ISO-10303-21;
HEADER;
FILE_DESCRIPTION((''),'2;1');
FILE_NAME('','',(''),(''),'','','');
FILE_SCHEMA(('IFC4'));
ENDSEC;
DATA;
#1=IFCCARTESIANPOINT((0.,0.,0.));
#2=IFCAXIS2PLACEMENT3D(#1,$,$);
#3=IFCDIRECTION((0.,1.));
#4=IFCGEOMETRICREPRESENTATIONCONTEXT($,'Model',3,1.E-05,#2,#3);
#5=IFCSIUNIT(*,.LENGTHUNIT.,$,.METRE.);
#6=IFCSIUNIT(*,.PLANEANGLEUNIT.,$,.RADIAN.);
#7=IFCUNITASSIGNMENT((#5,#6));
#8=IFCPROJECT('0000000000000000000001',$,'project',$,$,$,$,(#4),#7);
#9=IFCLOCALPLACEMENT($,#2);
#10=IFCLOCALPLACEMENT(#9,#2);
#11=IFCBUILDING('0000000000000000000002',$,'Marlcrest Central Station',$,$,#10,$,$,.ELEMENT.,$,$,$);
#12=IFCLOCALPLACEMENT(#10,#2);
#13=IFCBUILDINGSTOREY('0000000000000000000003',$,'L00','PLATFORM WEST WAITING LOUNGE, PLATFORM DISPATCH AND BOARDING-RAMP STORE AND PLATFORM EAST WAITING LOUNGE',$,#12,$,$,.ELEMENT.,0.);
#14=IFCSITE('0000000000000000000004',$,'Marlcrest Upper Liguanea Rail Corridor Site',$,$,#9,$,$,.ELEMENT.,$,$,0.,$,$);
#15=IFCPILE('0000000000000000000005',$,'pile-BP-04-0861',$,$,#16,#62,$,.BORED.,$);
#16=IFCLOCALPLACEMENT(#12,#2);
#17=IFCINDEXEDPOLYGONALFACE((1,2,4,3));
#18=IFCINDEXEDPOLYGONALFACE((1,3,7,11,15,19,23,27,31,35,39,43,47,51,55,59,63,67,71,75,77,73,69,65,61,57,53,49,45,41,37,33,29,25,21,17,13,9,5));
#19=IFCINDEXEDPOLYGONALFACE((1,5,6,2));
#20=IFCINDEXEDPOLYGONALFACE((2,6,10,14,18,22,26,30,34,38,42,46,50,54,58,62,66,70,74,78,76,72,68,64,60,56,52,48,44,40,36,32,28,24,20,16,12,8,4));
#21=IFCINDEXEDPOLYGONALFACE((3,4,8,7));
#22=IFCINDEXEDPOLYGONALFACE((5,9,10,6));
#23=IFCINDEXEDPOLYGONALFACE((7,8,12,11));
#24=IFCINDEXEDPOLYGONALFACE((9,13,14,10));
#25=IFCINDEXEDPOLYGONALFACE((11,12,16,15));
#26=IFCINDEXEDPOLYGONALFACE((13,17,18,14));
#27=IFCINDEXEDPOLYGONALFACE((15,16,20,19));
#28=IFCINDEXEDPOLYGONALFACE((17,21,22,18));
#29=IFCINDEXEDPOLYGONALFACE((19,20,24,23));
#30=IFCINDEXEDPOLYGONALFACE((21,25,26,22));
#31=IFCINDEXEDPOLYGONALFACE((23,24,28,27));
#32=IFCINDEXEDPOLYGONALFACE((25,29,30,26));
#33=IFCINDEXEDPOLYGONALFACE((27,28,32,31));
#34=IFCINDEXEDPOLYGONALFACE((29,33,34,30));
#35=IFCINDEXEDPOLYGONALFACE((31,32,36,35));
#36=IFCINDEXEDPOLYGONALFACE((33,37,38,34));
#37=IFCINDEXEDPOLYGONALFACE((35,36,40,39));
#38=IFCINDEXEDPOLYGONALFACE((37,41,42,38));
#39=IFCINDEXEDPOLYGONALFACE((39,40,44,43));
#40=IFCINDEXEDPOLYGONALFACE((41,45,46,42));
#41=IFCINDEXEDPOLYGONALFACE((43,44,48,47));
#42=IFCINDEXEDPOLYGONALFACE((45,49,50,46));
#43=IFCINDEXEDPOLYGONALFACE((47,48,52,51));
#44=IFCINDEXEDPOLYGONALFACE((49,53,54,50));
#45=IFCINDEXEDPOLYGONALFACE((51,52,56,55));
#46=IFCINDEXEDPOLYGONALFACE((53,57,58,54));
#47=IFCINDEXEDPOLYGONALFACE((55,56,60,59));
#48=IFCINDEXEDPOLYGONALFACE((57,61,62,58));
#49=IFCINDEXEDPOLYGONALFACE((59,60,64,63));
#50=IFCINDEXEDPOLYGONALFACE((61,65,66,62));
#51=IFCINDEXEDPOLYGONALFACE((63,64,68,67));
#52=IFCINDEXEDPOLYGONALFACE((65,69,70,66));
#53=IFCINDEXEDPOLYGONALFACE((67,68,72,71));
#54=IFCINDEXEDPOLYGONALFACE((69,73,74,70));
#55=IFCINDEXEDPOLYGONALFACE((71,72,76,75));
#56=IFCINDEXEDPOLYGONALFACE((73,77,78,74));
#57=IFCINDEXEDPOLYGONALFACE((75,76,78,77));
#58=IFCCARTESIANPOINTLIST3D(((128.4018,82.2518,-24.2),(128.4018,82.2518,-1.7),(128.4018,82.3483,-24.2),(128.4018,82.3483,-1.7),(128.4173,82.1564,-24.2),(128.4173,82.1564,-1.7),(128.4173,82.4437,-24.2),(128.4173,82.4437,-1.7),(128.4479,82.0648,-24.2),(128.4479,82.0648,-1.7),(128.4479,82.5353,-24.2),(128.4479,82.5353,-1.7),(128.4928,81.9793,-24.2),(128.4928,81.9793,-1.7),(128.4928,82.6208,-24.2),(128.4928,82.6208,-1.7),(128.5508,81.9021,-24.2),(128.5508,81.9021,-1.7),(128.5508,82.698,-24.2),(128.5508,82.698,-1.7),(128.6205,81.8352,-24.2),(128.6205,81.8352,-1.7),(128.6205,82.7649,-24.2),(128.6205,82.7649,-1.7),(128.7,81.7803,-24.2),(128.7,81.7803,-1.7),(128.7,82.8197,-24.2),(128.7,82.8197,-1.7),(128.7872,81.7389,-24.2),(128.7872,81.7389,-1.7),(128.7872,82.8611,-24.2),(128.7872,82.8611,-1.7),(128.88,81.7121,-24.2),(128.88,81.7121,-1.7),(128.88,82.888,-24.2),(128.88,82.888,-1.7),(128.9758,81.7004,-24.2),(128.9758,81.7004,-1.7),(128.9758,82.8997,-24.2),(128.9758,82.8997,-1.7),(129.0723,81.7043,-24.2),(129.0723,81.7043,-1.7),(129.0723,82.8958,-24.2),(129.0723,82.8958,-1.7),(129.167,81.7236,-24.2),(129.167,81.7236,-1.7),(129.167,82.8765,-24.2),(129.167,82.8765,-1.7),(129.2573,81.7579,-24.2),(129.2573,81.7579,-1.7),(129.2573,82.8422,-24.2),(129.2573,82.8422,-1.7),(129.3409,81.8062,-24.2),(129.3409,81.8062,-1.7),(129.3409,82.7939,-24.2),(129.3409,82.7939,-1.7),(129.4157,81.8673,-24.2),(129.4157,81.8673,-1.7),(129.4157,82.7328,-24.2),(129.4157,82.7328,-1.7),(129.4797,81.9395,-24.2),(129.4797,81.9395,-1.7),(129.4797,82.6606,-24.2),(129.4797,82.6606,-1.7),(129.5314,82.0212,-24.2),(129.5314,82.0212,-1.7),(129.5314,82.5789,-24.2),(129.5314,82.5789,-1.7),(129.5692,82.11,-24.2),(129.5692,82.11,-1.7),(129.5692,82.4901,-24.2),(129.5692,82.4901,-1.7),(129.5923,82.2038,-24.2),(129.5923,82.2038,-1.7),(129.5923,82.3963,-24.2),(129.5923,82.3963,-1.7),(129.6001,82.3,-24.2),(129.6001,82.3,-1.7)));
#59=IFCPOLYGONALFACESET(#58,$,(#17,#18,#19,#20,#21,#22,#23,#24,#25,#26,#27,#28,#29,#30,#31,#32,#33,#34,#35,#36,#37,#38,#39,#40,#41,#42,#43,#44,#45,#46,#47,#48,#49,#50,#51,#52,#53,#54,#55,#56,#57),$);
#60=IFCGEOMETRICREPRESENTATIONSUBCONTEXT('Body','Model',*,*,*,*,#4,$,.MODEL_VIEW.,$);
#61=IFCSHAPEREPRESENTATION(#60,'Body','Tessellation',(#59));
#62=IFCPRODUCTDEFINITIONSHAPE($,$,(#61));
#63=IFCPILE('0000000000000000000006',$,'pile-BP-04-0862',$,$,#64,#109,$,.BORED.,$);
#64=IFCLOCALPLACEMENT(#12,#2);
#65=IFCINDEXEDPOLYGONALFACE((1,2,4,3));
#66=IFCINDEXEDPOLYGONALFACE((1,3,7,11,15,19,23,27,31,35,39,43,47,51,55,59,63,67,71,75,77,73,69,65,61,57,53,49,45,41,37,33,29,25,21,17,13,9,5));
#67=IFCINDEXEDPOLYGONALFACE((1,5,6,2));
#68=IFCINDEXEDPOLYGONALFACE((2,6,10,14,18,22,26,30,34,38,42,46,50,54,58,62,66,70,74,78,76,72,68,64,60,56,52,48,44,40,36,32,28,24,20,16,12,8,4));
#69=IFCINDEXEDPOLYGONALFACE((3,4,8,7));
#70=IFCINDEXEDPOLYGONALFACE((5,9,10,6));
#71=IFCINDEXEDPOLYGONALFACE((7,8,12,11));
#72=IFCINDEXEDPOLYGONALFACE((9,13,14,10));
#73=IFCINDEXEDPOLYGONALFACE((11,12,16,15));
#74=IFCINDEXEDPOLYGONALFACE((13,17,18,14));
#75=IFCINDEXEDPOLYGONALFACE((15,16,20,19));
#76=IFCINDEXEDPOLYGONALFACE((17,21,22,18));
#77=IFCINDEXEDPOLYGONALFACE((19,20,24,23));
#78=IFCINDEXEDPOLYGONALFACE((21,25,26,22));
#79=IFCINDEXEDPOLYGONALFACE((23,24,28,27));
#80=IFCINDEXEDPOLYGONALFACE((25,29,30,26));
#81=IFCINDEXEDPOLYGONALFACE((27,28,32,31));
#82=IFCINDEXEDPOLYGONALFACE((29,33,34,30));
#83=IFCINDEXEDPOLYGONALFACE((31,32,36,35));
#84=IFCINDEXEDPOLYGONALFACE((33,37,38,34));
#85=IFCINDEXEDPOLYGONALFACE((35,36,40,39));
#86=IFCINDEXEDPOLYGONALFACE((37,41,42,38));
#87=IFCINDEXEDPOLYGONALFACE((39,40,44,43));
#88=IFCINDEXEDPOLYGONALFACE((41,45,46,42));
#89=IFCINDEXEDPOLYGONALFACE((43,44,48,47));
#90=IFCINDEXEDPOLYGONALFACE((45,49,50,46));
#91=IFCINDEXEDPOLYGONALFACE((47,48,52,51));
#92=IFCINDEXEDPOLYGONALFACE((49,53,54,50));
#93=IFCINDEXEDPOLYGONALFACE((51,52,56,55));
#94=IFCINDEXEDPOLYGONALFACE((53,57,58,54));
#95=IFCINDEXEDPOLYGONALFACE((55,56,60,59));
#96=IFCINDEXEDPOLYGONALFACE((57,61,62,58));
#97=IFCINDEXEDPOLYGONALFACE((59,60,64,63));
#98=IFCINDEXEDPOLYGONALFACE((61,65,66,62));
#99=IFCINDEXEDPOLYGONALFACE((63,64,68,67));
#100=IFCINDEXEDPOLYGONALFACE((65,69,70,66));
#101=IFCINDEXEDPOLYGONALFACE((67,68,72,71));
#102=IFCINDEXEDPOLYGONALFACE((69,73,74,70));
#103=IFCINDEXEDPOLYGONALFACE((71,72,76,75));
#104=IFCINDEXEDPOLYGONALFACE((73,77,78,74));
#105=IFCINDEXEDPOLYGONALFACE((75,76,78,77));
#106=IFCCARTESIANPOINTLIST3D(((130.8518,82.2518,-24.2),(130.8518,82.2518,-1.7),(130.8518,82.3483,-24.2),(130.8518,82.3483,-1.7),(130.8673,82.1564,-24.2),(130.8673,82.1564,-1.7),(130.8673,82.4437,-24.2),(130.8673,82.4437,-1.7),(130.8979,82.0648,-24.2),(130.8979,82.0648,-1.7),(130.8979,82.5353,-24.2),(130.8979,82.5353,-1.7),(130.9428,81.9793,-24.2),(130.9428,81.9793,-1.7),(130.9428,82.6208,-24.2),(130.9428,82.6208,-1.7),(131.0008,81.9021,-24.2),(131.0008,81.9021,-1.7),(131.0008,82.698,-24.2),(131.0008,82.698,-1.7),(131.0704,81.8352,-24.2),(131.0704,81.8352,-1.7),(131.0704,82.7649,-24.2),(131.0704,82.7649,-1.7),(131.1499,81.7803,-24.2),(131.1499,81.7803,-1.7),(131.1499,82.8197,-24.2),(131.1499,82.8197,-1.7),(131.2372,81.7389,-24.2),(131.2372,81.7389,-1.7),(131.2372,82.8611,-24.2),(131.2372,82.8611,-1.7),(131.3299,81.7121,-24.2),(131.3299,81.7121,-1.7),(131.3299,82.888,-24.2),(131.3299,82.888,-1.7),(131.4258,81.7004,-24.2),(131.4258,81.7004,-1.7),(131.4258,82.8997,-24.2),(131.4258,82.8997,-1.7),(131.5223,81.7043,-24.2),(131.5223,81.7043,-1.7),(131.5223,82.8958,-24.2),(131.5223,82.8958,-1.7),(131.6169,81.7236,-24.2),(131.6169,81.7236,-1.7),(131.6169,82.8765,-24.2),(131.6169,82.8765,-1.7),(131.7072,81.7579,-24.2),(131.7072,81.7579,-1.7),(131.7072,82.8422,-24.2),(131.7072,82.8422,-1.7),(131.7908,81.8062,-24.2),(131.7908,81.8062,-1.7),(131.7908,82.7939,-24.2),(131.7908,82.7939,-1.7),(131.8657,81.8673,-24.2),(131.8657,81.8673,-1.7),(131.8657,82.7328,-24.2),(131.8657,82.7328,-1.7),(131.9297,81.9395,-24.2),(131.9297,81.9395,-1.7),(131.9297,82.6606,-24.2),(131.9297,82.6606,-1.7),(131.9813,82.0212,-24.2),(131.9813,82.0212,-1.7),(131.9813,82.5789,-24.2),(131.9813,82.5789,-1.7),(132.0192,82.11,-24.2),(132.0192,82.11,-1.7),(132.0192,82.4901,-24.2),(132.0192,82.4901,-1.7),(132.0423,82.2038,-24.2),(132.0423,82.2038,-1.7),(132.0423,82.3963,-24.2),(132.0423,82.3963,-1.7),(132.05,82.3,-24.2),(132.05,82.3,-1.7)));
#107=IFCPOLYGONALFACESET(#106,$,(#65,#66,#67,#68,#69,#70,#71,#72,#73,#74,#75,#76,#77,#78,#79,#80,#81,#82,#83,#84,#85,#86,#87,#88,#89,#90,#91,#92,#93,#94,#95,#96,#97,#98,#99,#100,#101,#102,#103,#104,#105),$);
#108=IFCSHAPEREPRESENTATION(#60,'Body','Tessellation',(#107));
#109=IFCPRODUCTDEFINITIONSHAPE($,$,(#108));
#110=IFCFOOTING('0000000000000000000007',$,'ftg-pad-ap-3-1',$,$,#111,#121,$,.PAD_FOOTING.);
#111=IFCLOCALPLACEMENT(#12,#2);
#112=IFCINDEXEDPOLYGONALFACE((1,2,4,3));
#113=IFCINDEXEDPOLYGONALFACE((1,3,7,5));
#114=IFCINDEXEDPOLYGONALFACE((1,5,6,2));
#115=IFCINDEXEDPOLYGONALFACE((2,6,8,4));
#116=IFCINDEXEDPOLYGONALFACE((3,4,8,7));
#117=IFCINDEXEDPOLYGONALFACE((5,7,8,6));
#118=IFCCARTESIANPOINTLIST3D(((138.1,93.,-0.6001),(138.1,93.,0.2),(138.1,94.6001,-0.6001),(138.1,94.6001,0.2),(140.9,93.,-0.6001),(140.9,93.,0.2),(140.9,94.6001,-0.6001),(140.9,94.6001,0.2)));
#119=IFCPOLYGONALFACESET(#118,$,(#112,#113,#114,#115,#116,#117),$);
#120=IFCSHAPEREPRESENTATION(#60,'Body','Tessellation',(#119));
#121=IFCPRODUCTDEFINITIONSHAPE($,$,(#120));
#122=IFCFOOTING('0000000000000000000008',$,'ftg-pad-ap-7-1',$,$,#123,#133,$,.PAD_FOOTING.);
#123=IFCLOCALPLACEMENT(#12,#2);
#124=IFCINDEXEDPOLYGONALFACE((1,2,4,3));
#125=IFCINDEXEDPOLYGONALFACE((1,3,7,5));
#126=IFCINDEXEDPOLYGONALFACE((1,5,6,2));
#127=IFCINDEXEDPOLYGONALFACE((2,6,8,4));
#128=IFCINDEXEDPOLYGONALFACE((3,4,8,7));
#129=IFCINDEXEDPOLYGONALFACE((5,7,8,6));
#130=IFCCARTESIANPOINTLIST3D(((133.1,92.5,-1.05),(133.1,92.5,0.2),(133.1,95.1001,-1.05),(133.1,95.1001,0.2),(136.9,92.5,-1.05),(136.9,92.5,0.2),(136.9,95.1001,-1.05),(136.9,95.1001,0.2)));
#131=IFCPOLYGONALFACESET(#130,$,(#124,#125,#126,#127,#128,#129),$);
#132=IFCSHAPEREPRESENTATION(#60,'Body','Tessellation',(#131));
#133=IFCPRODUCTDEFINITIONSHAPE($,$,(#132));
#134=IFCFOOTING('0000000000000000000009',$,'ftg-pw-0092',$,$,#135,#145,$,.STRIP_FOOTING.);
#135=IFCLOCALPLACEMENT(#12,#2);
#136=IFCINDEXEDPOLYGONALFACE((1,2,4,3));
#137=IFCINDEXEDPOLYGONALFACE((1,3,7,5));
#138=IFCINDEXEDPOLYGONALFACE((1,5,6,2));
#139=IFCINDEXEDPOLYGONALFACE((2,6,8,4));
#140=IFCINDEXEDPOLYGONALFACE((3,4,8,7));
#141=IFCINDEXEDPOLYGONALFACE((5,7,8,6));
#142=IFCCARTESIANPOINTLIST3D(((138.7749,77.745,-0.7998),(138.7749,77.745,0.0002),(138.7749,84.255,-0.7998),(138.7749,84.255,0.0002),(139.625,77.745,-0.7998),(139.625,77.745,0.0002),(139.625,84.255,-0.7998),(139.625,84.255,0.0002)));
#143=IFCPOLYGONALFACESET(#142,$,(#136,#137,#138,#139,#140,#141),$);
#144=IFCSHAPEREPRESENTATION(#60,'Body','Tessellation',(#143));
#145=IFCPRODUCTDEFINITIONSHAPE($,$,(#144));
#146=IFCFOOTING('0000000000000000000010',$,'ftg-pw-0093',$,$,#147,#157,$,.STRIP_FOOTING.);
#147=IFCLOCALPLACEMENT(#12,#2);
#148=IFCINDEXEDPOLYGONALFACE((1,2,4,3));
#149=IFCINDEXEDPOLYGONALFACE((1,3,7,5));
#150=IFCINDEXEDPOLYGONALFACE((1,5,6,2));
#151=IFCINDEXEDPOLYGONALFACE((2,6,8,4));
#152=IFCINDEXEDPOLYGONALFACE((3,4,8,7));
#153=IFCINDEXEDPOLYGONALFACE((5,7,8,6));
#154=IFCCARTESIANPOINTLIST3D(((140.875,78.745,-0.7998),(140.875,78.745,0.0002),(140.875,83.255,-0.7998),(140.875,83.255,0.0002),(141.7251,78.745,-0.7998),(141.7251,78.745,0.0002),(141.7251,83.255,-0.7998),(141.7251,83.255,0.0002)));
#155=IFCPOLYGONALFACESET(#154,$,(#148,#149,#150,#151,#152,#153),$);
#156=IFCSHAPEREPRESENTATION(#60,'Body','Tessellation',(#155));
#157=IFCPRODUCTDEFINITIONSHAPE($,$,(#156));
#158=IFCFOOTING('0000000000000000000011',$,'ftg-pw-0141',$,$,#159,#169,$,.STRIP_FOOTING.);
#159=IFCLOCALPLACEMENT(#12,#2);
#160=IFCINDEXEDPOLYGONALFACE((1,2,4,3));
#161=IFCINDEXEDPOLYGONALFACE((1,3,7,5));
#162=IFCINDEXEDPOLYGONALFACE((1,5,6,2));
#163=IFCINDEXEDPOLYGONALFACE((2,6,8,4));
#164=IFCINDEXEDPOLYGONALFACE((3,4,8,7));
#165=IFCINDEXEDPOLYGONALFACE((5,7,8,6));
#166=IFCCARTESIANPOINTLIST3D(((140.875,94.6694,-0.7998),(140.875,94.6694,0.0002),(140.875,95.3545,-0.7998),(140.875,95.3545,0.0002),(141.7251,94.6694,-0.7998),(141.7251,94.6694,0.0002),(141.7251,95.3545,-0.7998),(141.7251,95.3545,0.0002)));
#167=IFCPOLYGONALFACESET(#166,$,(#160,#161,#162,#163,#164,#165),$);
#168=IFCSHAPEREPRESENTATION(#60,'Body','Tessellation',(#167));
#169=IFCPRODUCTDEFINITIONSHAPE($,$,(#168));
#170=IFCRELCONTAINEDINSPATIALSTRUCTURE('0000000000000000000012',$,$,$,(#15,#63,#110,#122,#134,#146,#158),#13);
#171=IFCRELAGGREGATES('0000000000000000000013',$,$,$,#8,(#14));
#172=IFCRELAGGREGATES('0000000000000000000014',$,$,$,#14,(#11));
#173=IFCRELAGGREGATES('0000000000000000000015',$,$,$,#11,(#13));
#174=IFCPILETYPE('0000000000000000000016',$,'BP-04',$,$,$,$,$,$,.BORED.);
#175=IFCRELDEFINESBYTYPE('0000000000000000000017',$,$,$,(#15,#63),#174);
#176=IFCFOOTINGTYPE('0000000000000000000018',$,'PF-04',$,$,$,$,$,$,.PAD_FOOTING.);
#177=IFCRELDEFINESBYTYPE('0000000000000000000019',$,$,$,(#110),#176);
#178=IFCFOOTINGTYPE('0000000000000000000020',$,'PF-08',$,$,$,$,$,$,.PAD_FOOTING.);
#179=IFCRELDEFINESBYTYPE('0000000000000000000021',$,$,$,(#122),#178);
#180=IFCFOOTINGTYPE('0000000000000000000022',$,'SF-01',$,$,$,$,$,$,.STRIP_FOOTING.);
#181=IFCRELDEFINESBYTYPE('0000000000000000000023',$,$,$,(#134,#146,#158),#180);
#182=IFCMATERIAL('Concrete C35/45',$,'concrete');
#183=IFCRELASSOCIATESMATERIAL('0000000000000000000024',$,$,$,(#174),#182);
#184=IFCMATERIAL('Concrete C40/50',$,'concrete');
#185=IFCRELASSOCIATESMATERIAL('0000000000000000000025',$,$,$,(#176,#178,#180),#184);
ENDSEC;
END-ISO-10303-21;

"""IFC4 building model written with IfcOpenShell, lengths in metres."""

from ifc_helpers import new_model, si_unit, direction, frame, origin, origin_2d, place, context, subcontext, project, spatial, rectangle, circle, extrude, material, material_profile, profile_set, type_object, element, save


model = new_model("IFC4")

# Units and contexts
model_context = context("Model", 3, precision=1e-05, world=origin(), true_north=direction((0.0, 1.0)))
body_context = subcontext(model_context, "Body", "Model", "MODEL_VIEW")
ifc_project = project(units=[si_unit("LENGTHUNIT", "METRE"), si_unit("PLANEANGLEUNIT", "RADIAN")], contexts=[model_context])

# Site, building, storey
site_placement = place(None, origin())
site = spatial("IfcSite", under=ifc_project, at=site_placement, Name="Marlcrest Upper Liguanea Rail Corridor Site", CompositionType="ELEMENT", RefElevation=0.0)
building_placement = place(site_placement, origin())
building = spatial("IfcBuilding", under=site, at=building_placement, Name="Marlcrest Central Station", CompositionType="ELEMENT")
storey_placement = place(building_placement, origin())
storey = spatial("IfcBuildingStorey", under=building, at=storey_placement, Name="L00", Description="PLATFORM WEST WAITING LOUNGE, PLATFORM DISPATCH AND BOARDING-RAMP STORE AND PLATFORM EAST WAITING LOUNGE", CompositionType="ELEMENT", Elevation=0.0)

# Piles
ifc_material_1 = material(Name="Concrete C35/45", Category="concrete")
ifc_material_profile_1 = material_profile(ifc_material_1, circle(Radius=0.6001, at=origin_2d()), Name="PILE D1200")
ifc_profile_set_1 = profile_set([ifc_material_profile_1], Name="Concrete C35/45")
pile_type = type_object("IfcPileType", Name="BP-04", PredefinedType="BORED", material=ifc_profile_set_1)
for number, where, z_axis, x_axis, name in (
    (1, (129.0, 82.3, -1.7), (0.0, 0.0, -1.0), (1.0, 0.0, 0.0), "pile-BP-04-0861"),
    (2, (131.45, 82.3, -1.7), (0.0, 0.0, -1.0), (1.0, 0.0, 0.0), "pile-BP-04-0862"),
):
    element("IfcPile", number, at=place(storey_placement, frame(where, z_axis=z_axis, x_axis=x_axis)), inside=storey, type_object=pile_type, Name=name, PredefinedType="BORED", context=body_context, shape_type="SweptSolid", body=[
        extrude(circle(Radius=0.6001, at=origin_2d()), origin(), (0.0, 0.0, 1.0), 22.5),
    ])

# Footings
ifc_material_2 = material(Name="Concrete C40/50", Category="concrete")
footing_type_1 = type_object("IfcFootingType", Name="PF-04", PredefinedType="PAD_FOOTING", material=ifc_material_2)
footing_1_placement = place(storey_placement, frame((139.5, 93.8, -0.6001), z_axis=(0.0, 0.0, 1.0), x_axis=(1.0, 0.0, 0.0)))
element("IfcFooting", 3, at=footing_1_placement, inside=storey, type_object=footing_type_1, Name="ftg-pad-ap-3-1", PredefinedType="PAD_FOOTING", context=body_context, shape_type="SweptSolid", body=[
    extrude(rectangle(XDim=2.8, YDim=1.6001, at=origin_2d()), origin(), (0.0, 0.0, 1.0), 0.8),
])
footing_type_2 = type_object("IfcFootingType", Name="PF-08", PredefinedType="PAD_FOOTING", material=ifc_material_2)
footing_2_placement = place(storey_placement, frame((135.0, 93.8, -1.05), z_axis=(0.0, 0.0, 1.0), x_axis=(1.0, 0.0, 0.0)))
element("IfcFooting", 4, at=footing_2_placement, inside=storey, type_object=footing_type_2, Name="ftg-pad-ap-7-1", PredefinedType="PAD_FOOTING", context=body_context, shape_type="SweptSolid", body=[
    extrude(rectangle(XDim=3.8, YDim=2.6001, at=origin_2d()), origin(), (0.0, 0.0, 1.0), 1.25),
])
footing_type_3 = type_object("IfcFootingType", Name="SF-01", PredefinedType="STRIP_FOOTING", material=ifc_material_2)
footing_3_placement = place(storey_placement, frame((139.2, 81.0, -0.7998), z_axis=(0.0, 0.0, 1.0), x_axis=(1.0, 0.0, 0.0)))
element("IfcFooting", 5, at=footing_3_placement, inside=storey, type_object=footing_type_3, Name="ftg-pw-0092", PredefinedType="STRIP_FOOTING", context=body_context, shape_type="SweptSolid", body=[
    extrude(rectangle(XDim=0.8501, YDim=6.51, at=origin_2d()), origin(), (0.0, 0.0, 1.0), 0.8),
])
footing_4_placement = place(storey_placement, frame((141.3, 81.0, -0.7998), z_axis=(0.0, 0.0, 1.0), x_axis=(1.0, 0.0, 0.0)))
element("IfcFooting", 6, at=footing_4_placement, inside=storey, type_object=footing_type_3, Name="ftg-pw-0093", PredefinedType="STRIP_FOOTING", context=body_context, shape_type="SweptSolid", body=[
    extrude(rectangle(XDim=0.8501, YDim=4.51, at=origin_2d()), origin(), (0.0, 0.0, 1.0), 0.8),
])
footing_5_placement = place(storey_placement, frame((141.3, 95.012, -0.7998), z_axis=(0.0, 0.0, 1.0), x_axis=(1.0, 0.0, 0.0)))
element("IfcFooting", 7, at=footing_5_placement, inside=storey, type_object=footing_type_3, Name="ftg-pw-0141", PredefinedType="STRIP_FOOTING", context=body_context, shape_type="SweptSolid", body=[
    extrude(rectangle(XDim=0.8501, YDim=0.6851, at=origin_2d()), origin(), (0.0, 0.0, 1.0), 0.8),
])

save(model, "model.ifc")
